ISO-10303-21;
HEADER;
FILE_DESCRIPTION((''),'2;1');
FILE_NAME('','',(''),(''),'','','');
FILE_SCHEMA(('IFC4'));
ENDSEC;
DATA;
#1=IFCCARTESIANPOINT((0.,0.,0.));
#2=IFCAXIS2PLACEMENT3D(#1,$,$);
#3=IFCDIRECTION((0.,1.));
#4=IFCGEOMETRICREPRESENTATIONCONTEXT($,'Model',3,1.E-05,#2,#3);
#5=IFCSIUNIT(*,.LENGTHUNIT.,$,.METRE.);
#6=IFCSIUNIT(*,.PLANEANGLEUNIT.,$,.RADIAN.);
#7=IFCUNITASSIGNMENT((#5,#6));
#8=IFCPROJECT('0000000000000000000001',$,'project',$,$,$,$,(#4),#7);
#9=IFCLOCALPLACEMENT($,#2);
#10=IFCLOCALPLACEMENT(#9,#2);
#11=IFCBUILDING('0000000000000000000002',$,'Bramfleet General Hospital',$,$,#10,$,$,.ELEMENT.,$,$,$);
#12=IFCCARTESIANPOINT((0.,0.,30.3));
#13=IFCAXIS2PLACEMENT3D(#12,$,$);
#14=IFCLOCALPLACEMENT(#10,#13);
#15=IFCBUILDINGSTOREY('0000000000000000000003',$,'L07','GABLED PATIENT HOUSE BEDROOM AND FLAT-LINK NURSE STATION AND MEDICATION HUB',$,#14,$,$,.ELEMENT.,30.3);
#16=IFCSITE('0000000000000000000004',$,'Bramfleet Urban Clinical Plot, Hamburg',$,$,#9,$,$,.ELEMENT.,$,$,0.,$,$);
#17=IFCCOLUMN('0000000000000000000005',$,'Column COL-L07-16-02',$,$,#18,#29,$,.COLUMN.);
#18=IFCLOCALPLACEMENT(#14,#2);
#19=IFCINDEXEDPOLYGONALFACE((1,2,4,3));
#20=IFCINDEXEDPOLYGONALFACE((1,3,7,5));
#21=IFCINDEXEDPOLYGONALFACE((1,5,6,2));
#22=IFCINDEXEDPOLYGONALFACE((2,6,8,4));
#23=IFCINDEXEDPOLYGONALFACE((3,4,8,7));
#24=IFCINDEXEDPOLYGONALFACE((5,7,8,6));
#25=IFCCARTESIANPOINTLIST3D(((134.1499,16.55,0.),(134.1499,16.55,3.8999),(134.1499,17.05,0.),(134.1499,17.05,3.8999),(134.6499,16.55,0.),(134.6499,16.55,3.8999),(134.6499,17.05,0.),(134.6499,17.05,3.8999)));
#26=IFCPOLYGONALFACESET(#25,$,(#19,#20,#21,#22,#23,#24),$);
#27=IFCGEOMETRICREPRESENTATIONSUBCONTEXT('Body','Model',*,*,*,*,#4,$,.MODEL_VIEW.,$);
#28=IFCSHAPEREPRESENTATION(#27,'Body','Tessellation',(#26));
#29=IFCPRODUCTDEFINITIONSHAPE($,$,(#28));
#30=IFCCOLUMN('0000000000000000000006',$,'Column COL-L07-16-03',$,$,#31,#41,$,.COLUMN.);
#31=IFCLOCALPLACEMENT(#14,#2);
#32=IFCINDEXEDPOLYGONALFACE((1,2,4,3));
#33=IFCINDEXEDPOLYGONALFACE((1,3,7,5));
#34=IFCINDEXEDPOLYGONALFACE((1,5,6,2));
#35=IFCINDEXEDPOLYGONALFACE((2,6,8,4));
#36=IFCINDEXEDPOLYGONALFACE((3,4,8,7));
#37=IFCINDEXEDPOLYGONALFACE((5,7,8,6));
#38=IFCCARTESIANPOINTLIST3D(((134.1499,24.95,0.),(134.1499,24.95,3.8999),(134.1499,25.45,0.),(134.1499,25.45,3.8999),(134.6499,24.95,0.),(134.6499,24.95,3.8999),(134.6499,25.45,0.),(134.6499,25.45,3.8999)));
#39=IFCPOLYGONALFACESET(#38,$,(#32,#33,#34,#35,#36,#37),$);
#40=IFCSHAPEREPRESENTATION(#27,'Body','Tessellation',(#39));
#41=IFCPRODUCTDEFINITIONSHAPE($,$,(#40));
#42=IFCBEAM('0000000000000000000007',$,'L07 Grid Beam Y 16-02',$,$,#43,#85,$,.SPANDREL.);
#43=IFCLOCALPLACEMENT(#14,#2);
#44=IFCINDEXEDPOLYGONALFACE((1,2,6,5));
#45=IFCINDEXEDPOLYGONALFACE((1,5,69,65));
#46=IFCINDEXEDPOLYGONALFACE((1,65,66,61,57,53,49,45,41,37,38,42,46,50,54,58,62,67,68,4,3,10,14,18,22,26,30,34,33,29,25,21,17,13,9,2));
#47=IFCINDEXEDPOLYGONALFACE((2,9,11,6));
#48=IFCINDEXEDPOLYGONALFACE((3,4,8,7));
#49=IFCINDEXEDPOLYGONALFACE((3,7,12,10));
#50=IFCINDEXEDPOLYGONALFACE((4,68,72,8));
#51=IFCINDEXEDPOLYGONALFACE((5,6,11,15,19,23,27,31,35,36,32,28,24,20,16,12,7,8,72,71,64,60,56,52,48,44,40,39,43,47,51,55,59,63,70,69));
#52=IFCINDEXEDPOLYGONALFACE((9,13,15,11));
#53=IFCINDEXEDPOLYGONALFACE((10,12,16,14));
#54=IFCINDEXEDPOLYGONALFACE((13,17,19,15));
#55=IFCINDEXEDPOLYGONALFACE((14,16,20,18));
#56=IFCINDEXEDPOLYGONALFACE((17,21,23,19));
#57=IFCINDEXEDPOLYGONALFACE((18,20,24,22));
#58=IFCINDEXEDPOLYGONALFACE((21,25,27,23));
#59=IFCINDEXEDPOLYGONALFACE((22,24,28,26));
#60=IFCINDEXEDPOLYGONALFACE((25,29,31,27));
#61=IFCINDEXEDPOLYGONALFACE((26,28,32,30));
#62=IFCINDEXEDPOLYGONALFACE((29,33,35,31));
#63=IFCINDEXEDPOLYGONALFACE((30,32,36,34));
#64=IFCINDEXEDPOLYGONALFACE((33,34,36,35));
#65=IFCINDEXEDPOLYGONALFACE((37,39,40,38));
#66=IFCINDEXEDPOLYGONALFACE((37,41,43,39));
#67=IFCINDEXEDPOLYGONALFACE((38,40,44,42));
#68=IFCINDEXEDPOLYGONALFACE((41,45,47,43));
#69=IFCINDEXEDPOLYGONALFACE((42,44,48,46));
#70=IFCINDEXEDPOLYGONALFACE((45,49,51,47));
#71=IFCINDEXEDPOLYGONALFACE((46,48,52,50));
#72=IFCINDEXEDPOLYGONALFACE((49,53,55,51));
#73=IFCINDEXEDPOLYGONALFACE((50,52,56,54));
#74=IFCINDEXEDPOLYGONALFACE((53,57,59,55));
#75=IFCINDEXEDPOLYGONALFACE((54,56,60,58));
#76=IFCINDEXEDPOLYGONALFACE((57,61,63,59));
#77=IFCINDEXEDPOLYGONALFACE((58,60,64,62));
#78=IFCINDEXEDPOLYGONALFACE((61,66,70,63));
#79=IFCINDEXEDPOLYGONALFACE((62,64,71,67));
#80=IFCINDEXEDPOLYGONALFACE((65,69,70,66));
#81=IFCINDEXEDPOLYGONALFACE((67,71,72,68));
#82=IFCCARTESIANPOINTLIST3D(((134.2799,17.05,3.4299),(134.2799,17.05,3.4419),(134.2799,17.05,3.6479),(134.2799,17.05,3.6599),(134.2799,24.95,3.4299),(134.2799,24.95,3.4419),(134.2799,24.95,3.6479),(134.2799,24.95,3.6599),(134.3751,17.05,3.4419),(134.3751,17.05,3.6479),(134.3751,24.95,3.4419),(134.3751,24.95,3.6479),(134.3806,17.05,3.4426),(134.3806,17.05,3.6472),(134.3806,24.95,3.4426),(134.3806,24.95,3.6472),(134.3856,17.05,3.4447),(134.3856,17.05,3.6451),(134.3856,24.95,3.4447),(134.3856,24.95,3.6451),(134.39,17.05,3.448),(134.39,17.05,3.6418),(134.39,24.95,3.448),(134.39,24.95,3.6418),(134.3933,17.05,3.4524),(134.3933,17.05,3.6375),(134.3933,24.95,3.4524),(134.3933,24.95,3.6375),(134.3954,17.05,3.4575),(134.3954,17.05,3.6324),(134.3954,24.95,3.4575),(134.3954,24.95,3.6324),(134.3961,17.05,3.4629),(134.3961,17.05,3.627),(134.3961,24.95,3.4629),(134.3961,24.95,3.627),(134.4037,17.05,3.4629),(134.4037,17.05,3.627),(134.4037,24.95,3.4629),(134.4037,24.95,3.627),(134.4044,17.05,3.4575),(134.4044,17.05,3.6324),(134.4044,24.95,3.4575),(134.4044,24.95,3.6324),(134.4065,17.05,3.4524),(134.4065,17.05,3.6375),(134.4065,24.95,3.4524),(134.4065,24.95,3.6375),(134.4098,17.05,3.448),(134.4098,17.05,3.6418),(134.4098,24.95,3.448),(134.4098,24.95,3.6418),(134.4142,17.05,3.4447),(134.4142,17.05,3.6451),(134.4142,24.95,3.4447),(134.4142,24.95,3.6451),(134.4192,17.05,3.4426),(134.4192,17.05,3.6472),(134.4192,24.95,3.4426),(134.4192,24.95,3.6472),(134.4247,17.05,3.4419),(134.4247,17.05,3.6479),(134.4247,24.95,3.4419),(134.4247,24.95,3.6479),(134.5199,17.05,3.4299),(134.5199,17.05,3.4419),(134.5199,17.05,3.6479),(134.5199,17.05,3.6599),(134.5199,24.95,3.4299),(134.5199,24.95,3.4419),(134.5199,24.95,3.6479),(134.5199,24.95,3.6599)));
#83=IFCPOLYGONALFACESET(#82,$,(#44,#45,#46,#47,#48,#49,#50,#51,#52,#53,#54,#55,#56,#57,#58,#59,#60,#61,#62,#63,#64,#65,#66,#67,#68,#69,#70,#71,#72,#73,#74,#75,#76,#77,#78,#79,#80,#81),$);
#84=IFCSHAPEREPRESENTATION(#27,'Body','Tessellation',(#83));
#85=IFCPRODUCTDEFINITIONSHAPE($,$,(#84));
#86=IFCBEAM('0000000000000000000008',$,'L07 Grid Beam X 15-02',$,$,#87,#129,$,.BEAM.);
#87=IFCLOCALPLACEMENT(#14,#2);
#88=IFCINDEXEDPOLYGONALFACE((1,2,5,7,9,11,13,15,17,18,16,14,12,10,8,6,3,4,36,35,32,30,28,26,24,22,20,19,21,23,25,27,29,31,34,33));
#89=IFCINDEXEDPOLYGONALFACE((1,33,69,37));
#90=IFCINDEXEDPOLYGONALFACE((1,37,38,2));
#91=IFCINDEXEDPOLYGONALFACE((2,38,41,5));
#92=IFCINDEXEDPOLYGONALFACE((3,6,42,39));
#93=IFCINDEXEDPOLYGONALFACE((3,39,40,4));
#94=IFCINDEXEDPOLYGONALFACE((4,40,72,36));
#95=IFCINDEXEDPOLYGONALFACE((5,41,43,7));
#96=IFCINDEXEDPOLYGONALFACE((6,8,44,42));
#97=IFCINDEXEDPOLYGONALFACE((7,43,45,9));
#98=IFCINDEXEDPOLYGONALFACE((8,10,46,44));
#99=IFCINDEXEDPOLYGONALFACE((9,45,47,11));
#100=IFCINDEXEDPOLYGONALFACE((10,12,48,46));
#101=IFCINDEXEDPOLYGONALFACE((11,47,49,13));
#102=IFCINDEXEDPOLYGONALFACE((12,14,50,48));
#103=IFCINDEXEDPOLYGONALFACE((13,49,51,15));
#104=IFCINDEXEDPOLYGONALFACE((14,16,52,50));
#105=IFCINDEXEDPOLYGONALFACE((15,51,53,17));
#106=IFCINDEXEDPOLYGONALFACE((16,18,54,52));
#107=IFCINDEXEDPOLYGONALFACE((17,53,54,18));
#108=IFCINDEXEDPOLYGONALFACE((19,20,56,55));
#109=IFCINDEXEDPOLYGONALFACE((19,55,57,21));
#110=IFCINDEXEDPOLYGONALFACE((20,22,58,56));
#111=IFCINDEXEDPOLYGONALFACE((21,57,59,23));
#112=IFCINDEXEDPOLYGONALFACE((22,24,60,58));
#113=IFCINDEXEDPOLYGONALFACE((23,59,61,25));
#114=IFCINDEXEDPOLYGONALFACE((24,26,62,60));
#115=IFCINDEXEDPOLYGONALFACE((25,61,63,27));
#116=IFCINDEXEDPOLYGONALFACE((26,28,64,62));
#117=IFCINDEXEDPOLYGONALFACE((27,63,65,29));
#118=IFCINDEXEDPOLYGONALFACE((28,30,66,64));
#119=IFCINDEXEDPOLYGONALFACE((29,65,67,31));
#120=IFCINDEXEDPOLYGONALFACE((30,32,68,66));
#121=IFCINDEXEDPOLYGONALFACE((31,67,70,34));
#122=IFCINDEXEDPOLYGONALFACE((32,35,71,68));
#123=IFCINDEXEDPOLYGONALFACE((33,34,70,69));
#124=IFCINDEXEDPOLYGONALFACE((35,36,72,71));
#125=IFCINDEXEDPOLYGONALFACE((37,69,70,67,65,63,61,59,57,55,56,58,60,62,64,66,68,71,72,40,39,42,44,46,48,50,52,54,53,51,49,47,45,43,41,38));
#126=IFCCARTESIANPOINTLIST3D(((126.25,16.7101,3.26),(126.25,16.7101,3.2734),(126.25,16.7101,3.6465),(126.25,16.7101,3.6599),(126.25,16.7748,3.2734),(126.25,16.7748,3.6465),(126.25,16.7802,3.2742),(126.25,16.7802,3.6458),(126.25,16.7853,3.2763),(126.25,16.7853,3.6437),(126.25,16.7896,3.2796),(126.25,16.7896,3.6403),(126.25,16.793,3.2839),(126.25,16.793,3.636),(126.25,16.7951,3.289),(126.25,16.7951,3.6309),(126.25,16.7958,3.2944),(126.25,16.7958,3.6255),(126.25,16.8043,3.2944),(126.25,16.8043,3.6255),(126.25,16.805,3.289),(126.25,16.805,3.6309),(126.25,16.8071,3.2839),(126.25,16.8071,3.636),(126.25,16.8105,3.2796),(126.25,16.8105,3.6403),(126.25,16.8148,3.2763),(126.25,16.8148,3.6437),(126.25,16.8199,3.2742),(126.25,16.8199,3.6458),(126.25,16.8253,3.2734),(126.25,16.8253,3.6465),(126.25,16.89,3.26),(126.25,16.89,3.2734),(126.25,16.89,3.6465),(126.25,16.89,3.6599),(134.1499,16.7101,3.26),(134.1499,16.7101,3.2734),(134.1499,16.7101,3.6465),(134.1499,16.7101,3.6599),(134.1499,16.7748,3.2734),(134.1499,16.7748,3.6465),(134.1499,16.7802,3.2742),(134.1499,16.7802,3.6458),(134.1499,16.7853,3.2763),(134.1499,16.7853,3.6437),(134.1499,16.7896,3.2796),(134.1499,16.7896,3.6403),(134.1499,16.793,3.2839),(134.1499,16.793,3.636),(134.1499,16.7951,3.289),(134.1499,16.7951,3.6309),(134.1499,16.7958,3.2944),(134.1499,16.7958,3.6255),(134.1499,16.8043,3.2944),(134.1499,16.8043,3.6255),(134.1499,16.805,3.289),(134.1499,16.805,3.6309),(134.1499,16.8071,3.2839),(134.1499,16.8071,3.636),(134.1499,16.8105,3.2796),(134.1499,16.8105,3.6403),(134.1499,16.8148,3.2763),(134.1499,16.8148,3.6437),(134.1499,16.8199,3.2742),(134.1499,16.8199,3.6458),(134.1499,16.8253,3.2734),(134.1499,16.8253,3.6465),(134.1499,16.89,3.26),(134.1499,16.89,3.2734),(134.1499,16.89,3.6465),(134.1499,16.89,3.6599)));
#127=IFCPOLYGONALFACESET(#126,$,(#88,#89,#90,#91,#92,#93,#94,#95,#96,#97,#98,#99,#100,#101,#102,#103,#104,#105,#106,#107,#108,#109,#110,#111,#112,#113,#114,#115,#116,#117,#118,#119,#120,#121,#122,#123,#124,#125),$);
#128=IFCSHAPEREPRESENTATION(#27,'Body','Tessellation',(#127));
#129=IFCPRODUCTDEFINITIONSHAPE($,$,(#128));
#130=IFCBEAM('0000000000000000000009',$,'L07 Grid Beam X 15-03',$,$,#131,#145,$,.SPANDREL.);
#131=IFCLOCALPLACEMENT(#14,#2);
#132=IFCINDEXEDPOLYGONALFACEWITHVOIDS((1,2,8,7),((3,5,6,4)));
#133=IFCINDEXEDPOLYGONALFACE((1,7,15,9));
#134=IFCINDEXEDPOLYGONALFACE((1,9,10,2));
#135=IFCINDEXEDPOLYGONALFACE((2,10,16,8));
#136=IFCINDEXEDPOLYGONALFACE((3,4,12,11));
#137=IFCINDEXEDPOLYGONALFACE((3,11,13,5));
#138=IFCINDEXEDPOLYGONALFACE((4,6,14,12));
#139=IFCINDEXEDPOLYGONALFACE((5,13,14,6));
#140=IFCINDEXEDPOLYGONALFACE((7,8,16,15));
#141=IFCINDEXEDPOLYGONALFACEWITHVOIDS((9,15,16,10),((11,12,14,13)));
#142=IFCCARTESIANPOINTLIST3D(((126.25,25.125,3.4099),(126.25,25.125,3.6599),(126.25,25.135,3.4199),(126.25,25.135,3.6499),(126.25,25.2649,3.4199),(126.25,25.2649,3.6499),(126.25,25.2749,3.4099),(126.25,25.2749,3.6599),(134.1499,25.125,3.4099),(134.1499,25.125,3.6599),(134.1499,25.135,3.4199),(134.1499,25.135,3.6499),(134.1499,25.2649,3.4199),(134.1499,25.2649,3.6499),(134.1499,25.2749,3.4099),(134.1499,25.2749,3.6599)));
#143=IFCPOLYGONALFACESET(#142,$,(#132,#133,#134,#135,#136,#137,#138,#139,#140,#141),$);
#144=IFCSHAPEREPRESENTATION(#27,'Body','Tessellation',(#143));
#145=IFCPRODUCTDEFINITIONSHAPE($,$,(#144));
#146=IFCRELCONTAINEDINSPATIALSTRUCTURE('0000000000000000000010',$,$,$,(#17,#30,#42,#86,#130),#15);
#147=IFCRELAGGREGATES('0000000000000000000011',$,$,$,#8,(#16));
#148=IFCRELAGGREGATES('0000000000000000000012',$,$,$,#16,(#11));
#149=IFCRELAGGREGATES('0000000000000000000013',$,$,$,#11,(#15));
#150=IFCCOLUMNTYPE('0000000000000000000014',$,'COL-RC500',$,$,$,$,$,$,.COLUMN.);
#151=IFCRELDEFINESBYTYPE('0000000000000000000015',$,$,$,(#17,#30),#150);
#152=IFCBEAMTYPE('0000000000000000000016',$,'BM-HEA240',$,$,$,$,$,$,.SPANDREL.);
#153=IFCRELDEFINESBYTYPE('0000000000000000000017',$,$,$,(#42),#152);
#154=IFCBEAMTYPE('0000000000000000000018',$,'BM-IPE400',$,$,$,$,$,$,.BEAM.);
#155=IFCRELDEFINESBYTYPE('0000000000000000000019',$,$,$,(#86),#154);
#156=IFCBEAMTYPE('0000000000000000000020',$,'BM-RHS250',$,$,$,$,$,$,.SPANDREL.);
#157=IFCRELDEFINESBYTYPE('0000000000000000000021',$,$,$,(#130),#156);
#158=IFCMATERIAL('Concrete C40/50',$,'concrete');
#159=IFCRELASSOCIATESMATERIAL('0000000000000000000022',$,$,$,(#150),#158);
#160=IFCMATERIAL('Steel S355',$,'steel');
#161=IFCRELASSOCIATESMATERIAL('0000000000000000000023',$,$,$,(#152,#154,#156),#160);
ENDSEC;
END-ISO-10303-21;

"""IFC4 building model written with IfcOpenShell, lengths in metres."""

from ifc_helpers import new_model, si_unit, direction, frame, origin, origin_2d, place, context, subcontext, project, spatial, rectangle, hollow_rectangle, i_section, extrude, material, material_profile, profile_set, type_object, element, save


model = new_model("IFC4")

# Units and contexts
model_context = context("Model", 3, precision=1e-05, world=origin(), true_north=direction((0.0, 1.0)))
body_context = subcontext(model_context, "Body", "Model", "MODEL_VIEW")
ifc_project = project(units=[si_unit("LENGTHUNIT", "METRE"), si_unit("PLANEANGLEUNIT", "RADIAN")], contexts=[model_context])

# Site, building, storey
site_placement = place(None, origin())
site = spatial("IfcSite", under=ifc_project, at=site_placement, Name="Bramfleet Urban Clinical Plot, Hamburg", CompositionType="ELEMENT", RefElevation=0.0)
building_placement = place(site_placement, origin())
building = spatial("IfcBuilding", under=site, at=building_placement, Name="Bramfleet General Hospital", CompositionType="ELEMENT")
storey_placement = place(building_placement, frame((0.0, 0.0, 30.3)))
storey = spatial("IfcBuildingStorey", under=building, at=storey_placement, Name="L07", Description="GABLED PATIENT HOUSE BEDROOM AND FLAT-LINK NURSE STATION AND MEDICATION HUB", CompositionType="ELEMENT", Elevation=30.3)

# Columns
ifc_material_1 = material(Name="Concrete C40/50", Category="concrete")
ifc_material_profile_1 = material_profile(ifc_material_1, rectangle(XDim=0.5, YDim=0.5, at=origin_2d()), Name="RC COL 500x500")
ifc_profile_set_1 = profile_set([ifc_material_profile_1], Name="Concrete C40/50")
column_type = type_object("IfcColumnType", Name="COL-RC500", PredefinedType="COLUMN", material=ifc_profile_set_1)
for number, where, z_axis, x_axis, name in (
    (1, (134.3999, 16.8, 0.0), (0.0, 0.0, 1.0), (1.0, 0.0, 0.0), "Column COL-L07-16-02"),
    (2, (134.3999, 25.2, 0.0), (0.0, 0.0, 1.0), (1.0, 0.0, 0.0), "Column COL-L07-16-03"),
):
    element("IfcColumn", number, at=place(storey_placement, frame(where, z_axis=z_axis, x_axis=x_axis)), inside=storey, type_object=column_type, Name=name, PredefinedType="COLUMN", context=body_context, shape_type="SweptSolid", body=[
        extrude(rectangle(XDim=0.5, YDim=0.5, at=origin_2d()), origin(), (0.0, 0.0, 1.0), 3.8999),
    ])

# Beams
ifc_material_2 = material(Name="Steel S355", Category="steel")
ifc_material_profile_2 = material_profile(ifc_material_2, i_section(OverallWidth=0.24, OverallDepth=0.23, WebThickness=0.0076, FlangeThickness=0.012, FilletRadius=0.021, at=origin_2d()), Name="HEA 240")
ifc_profile_set_2 = profile_set([ifc_material_profile_2], Name="Steel S355")
beam_type_1 = type_object("IfcBeamType", Name="BM-HEA240", PredefinedType="SPANDREL", material=ifc_profile_set_2)
beam_1_placement = place(storey_placement, frame((134.3999, 17.05, 3.5449), z_axis=(0.0, 1.0, 0.0), x_axis=(-1.0, 0.0, 0.0)))
element("IfcBeam", 3, at=beam_1_placement, inside=storey, type_object=beam_type_1, Name="L07 Grid Beam Y 16-02", PredefinedType="SPANDREL", context=body_context, shape_type="SweptSolid", body=[
    extrude(i_section(OverallWidth=0.24, OverallDepth=0.23, WebThickness=0.0076, FlangeThickness=0.012, FilletRadius=0.021, at=origin_2d()), origin(), (0.0, 0.0, 1.0), 7.8999),
])
ifc_material_profile_3 = material_profile(ifc_material_2, i_section(OverallWidth=0.1799, OverallDepth=0.3999, WebThickness=0.0085, FlangeThickness=0.0134, FilletRadius=0.021, at=origin_2d()), Name="IPE 400")
ifc_profile_set_3 = profile_set([ifc_material_profile_3], Name="Steel S355")
beam_type_2 = type_object("IfcBeamType", Name="BM-IPE400", PredefinedType="BEAM", material=ifc_profile_set_3)
beam_2_placement = place(storey_placement, frame((126.25, 16.8, 3.46), z_axis=(1.0, 0.0, 0.0), x_axis=(0.0, 1.0, 0.0)))
element("IfcBeam", 4, at=beam_2_placement, inside=storey, type_object=beam_type_2, Name="L07 Grid Beam X 15-02", PredefinedType="BEAM", context=body_context, shape_type="SweptSolid", body=[
    extrude(i_section(OverallWidth=0.1799, OverallDepth=0.3999, WebThickness=0.0085, FlangeThickness=0.0134, FilletRadius=0.021, at=origin_2d()), origin(), (0.0, 0.0, 1.0), 7.8999),
])
ifc_material_profile_4 = material_profile(ifc_material_2, hollow_rectangle(XDim=0.1499, YDim=0.25, WallThickness=0.01, at=origin_2d()), Name="RHS 250x150x10.0")
ifc_profile_set_4 = profile_set([ifc_material_profile_4], Name="Steel S355")
beam_type_3 = type_object("IfcBeamType", Name="BM-RHS250", PredefinedType="SPANDREL", material=ifc_profile_set_4)
beam_3_placement = place(storey_placement, frame((126.25, 25.2, 3.5349), z_axis=(1.0, 0.0, 0.0), x_axis=(0.0, 1.0, 0.0)))
element("IfcBeam", 5, at=beam_3_placement, inside=storey, type_object=beam_type_3, Name="L07 Grid Beam X 15-03", PredefinedType="SPANDREL", context=body_context, shape_type="SweptSolid", body=[
    extrude(hollow_rectangle(XDim=0.1499, YDim=0.25, WallThickness=0.01, at=origin_2d()), origin(), (0.0, 0.0, 1.0), 7.8999),
])

save(model, "model.ifc")
